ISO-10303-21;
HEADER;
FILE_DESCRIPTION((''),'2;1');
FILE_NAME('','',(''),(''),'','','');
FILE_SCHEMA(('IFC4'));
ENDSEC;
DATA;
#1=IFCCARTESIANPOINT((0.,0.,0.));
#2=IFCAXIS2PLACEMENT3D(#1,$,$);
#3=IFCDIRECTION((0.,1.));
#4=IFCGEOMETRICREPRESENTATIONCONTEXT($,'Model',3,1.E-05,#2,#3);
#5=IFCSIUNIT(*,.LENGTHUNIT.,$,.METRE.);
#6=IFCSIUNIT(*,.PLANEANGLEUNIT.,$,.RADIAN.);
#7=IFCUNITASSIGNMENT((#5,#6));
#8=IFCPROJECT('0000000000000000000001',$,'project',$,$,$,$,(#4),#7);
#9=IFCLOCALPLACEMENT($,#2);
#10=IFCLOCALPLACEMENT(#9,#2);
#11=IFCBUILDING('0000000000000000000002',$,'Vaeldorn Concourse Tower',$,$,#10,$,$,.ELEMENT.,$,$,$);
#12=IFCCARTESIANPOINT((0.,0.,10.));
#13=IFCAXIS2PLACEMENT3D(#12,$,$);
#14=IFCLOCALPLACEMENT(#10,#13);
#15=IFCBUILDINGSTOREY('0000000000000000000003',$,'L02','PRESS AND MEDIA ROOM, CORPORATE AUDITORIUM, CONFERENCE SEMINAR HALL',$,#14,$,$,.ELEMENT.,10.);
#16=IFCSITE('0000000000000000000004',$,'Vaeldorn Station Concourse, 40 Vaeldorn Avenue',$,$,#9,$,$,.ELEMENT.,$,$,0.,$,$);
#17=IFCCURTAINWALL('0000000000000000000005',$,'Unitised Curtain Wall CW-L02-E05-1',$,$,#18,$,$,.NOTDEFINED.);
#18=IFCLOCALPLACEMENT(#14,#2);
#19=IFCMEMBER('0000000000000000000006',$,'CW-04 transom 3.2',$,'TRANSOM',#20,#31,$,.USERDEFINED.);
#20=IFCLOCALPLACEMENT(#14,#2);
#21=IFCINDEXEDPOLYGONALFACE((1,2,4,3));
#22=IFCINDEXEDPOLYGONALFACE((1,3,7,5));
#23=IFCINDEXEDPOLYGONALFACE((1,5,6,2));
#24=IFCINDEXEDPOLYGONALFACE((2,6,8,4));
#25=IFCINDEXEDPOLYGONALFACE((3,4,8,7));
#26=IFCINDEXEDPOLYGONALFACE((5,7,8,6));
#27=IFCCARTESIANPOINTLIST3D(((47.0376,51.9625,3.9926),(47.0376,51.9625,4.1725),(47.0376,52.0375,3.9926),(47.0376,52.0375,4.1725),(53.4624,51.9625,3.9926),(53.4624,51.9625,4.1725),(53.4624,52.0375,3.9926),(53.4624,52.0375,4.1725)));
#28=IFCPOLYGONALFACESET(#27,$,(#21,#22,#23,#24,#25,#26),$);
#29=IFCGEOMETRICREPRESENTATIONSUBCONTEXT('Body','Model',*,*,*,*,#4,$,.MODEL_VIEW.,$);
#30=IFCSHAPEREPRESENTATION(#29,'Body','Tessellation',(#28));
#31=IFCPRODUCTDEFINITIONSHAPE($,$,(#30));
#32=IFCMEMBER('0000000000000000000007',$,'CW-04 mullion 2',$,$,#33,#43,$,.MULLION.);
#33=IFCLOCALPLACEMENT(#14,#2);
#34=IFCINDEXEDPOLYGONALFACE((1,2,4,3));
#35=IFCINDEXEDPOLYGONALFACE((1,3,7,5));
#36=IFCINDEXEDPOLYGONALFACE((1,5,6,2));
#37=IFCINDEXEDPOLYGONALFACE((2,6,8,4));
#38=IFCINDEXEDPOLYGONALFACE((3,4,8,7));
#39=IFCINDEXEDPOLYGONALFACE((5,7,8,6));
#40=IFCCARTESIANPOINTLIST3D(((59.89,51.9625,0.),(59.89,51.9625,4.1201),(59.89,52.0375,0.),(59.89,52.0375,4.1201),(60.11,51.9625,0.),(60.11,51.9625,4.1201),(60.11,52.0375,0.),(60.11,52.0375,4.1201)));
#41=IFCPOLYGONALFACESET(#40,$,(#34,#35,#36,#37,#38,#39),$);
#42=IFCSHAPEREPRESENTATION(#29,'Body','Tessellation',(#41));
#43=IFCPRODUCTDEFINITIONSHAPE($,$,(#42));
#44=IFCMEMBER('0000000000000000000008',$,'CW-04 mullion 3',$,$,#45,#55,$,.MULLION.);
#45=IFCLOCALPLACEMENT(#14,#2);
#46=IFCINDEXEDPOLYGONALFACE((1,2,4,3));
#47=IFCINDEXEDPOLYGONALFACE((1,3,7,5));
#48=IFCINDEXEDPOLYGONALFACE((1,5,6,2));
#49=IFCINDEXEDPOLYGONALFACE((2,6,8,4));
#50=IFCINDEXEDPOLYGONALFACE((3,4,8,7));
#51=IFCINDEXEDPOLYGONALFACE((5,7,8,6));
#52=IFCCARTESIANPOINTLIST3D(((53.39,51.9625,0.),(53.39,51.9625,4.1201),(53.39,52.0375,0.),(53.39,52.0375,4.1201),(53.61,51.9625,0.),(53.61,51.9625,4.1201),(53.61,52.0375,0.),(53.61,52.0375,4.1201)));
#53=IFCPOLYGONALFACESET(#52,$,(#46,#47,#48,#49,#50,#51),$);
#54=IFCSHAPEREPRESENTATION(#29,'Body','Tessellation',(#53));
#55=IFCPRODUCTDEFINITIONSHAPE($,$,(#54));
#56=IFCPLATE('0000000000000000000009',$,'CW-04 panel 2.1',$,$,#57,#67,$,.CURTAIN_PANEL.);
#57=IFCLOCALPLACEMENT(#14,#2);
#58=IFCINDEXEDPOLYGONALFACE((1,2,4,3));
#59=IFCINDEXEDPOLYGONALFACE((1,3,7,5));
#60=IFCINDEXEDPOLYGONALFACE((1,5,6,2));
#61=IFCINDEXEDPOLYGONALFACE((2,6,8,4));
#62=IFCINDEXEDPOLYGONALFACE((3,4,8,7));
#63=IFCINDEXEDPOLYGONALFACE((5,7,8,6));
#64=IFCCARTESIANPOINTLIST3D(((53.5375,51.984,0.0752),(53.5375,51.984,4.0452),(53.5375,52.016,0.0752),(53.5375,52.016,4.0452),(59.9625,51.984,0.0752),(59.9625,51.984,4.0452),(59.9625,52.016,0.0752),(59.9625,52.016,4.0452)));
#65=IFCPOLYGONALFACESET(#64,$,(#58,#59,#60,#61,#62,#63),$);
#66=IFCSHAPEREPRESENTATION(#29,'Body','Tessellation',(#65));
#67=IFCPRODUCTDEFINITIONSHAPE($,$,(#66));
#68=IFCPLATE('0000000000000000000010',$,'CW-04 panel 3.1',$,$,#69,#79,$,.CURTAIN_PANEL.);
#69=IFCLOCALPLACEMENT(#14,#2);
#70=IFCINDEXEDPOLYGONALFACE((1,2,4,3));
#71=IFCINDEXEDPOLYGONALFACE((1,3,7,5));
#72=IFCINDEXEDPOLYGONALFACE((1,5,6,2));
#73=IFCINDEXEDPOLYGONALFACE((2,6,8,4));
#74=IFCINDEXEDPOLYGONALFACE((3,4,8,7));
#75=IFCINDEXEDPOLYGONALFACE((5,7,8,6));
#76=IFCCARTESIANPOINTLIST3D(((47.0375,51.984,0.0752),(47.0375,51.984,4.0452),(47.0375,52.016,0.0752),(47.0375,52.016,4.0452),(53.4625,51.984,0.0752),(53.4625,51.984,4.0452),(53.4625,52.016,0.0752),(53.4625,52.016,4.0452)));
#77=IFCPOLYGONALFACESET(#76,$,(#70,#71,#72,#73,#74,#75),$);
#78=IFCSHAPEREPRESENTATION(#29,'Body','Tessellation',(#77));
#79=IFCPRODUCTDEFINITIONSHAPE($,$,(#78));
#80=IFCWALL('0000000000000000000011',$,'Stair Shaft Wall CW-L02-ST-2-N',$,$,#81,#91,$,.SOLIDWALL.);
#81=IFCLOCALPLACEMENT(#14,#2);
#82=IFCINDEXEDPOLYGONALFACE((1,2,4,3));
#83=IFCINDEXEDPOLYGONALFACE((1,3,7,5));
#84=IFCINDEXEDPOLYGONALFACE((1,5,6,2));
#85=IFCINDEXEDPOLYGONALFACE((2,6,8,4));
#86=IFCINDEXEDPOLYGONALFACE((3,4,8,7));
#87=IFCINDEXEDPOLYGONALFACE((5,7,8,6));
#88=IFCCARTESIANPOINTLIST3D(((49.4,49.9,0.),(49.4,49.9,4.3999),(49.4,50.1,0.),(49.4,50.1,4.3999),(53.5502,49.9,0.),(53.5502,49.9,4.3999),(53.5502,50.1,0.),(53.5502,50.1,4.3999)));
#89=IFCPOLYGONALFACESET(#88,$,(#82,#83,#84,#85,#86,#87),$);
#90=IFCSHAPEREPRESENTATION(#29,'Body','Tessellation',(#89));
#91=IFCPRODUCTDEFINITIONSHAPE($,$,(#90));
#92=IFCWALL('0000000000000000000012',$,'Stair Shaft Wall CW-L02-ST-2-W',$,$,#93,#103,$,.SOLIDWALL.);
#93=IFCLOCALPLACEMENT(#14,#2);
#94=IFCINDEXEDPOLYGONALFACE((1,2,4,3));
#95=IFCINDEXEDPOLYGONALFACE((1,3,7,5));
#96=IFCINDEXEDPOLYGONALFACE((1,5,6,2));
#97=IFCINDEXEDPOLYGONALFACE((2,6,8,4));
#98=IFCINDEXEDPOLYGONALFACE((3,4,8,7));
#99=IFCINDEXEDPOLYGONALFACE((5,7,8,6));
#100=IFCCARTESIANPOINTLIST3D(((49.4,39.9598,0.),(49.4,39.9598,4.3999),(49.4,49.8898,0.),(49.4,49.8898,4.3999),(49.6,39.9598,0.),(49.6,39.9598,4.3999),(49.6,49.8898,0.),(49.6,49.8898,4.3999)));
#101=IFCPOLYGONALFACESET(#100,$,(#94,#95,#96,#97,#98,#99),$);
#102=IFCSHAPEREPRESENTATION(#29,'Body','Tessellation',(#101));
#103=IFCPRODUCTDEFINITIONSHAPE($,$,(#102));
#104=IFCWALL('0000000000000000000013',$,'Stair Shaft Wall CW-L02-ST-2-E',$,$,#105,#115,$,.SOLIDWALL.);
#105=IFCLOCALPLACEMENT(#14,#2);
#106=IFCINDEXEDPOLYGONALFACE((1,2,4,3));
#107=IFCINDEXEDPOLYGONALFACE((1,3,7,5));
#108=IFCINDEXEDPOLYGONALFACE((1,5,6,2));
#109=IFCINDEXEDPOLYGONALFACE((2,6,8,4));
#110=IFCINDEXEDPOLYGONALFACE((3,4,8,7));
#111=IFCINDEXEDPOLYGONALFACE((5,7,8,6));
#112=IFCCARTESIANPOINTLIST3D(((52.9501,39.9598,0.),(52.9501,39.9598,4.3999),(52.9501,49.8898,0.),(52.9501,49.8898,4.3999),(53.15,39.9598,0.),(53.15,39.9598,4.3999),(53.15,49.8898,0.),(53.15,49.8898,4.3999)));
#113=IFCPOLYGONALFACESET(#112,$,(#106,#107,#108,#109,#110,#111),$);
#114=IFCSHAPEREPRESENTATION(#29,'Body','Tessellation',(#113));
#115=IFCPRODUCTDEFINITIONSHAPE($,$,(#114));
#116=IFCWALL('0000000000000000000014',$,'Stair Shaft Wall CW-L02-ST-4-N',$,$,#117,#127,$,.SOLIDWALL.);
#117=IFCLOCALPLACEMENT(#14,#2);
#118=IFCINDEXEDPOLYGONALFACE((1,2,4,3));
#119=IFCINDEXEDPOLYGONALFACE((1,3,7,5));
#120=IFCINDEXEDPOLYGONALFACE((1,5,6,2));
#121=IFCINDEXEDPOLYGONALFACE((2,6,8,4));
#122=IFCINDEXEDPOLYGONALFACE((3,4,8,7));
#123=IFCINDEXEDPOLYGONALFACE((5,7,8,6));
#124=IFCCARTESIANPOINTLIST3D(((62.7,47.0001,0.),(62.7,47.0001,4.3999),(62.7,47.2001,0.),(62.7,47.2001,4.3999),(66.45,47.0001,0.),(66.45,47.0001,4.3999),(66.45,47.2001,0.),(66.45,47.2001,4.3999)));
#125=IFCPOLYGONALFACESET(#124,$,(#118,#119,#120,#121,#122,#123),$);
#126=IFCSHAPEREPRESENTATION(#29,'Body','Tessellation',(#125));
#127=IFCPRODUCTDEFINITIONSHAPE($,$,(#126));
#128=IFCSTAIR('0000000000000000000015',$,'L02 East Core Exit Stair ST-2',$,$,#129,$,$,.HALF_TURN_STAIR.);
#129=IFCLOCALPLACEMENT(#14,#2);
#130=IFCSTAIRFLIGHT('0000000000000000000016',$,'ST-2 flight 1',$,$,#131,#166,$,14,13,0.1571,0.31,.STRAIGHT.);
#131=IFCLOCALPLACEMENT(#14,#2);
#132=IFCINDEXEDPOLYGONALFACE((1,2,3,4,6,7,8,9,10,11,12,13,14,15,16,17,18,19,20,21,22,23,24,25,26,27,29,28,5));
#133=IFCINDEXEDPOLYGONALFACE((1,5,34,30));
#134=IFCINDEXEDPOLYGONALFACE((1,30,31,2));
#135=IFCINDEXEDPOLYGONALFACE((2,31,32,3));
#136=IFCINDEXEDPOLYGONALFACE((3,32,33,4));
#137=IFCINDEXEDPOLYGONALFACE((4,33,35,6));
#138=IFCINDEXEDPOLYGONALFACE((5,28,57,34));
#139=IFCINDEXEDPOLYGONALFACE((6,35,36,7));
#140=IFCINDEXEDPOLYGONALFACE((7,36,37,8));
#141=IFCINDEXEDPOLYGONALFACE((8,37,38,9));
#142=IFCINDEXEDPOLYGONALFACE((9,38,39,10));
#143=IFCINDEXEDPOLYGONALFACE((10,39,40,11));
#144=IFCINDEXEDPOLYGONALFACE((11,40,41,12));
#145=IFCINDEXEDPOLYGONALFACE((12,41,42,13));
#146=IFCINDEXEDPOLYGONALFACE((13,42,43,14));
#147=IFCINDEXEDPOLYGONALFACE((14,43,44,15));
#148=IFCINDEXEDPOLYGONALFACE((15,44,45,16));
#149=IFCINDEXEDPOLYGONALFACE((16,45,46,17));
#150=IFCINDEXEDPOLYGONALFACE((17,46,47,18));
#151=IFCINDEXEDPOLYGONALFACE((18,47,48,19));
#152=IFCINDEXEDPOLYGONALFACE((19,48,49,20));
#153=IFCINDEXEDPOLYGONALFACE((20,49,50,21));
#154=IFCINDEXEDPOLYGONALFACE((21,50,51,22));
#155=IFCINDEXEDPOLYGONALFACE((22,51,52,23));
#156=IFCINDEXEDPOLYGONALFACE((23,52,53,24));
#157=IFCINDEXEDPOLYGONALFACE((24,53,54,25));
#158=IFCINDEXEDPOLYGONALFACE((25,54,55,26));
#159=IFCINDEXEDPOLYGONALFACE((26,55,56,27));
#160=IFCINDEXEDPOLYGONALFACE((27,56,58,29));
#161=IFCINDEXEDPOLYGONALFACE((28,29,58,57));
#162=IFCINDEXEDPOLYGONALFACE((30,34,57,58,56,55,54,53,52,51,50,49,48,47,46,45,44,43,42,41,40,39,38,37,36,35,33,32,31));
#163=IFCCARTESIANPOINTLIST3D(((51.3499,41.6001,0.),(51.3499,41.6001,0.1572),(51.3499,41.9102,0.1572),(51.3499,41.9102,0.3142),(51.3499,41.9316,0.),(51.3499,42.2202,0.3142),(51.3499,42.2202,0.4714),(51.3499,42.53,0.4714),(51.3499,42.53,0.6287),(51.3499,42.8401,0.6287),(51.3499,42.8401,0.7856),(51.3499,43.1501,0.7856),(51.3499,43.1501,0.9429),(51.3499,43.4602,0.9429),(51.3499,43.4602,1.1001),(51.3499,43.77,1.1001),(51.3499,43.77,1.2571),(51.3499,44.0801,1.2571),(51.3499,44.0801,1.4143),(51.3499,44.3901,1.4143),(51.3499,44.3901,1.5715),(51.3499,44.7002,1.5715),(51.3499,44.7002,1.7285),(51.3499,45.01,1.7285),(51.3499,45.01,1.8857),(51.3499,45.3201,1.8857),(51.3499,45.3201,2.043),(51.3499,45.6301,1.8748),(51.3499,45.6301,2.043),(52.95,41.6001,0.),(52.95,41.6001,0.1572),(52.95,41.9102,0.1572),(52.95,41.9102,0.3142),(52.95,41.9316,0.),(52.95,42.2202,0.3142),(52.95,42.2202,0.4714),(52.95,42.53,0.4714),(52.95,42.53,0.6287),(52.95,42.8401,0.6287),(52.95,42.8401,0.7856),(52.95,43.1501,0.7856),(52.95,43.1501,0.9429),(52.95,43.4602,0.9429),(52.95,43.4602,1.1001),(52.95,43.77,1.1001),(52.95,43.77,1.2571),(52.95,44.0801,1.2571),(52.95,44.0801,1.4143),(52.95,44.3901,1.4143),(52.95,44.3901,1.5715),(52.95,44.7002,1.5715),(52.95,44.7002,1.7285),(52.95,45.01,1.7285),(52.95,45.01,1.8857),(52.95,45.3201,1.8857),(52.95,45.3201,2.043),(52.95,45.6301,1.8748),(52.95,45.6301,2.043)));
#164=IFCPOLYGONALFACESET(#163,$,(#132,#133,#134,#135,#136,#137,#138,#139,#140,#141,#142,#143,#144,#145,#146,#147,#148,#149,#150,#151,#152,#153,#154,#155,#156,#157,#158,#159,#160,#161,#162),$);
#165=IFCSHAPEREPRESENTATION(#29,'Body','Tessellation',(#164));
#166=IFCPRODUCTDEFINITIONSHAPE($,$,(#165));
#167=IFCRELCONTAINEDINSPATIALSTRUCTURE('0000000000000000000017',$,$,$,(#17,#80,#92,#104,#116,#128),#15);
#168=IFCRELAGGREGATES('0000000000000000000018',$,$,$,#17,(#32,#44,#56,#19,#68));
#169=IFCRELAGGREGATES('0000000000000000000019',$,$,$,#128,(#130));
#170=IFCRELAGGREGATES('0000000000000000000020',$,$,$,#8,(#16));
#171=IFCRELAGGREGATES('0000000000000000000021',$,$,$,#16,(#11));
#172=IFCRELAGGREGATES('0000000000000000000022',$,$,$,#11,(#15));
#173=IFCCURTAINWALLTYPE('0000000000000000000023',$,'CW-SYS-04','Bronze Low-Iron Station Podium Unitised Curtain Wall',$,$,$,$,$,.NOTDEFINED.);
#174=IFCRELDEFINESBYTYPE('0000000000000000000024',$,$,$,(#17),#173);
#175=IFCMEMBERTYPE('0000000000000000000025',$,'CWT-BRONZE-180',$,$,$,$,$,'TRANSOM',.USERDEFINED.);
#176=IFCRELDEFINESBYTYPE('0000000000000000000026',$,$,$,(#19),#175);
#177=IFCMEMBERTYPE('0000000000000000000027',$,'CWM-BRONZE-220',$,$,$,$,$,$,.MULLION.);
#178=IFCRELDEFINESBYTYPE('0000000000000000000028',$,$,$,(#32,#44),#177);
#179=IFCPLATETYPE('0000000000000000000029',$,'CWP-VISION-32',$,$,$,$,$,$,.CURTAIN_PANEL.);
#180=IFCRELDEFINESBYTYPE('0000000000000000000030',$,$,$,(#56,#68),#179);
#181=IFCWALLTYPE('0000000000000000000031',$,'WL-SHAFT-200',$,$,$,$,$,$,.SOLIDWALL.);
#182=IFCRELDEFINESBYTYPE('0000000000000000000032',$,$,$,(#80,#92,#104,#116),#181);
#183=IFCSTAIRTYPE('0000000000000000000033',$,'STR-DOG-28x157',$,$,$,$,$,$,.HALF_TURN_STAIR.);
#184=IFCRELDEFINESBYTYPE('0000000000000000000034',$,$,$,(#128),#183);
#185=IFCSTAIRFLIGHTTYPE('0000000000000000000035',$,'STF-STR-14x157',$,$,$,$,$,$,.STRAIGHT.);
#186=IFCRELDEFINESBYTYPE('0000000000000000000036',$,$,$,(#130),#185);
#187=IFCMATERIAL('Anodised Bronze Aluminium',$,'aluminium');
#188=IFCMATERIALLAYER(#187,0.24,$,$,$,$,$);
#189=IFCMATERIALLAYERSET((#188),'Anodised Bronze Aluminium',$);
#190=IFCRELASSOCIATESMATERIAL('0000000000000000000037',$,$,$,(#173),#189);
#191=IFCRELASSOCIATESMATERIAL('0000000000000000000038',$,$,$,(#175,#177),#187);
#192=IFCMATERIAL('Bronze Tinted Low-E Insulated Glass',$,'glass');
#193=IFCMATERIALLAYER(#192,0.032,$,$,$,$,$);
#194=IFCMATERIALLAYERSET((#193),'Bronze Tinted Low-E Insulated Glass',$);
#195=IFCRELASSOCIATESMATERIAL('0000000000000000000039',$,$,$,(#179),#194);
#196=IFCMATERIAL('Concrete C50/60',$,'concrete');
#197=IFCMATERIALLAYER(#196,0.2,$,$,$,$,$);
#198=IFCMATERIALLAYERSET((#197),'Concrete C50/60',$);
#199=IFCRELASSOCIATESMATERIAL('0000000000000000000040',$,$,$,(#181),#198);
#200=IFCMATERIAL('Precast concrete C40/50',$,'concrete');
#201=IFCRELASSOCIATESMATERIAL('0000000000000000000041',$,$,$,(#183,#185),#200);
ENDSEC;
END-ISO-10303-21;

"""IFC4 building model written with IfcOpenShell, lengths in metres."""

from ifc_helpers import new_model, si_unit, direction, frame, frame_2d, origin, origin_2d, place, context, subcontext, project, spatial, polyline, rectangle, outline, extrude, source, transform, mapped, material, layer, layer_set, material_profile, profile_set, type_object, element, aggregate, save


model = new_model("IFC4")

# Units and contexts
model_context = context("Model", 3, precision=1e-05, world=origin(), true_north=direction((0.0, 1.0)))
body_context = subcontext(model_context, "Body", "Model", "MODEL_VIEW")
ifc_project = project(units=[si_unit("LENGTHUNIT", "METRE"), si_unit("PLANEANGLEUNIT", "RADIAN")], contexts=[model_context])

# Site, building, storey
site_placement = place(None, origin())
site = spatial("IfcSite", under=ifc_project, at=site_placement, Name="Vaeldorn Station Concourse, 40 Vaeldorn Avenue", CompositionType="ELEMENT", RefElevation=0.0)
building_placement = place(site_placement, origin())
building = spatial("IfcBuilding", under=site, at=building_placement, Name="Vaeldorn Concourse Tower", CompositionType="ELEMENT")
storey_placement = place(building_placement, frame((0.0, 0.0, 10.0)))
storey = spatial("IfcBuildingStorey", under=building, at=storey_placement, Name="L02", Description="PRESS AND MEDIA ROOM, CORPORATE AUDITORIUM, CONFERENCE SEMINAR HALL", CompositionType="ELEMENT", Elevation=10.0)

# Curtain wall, members, plates
ifc_material_1 = material(Name="Anodised Bronze Aluminium", Category="aluminium")
ifc_layer_1 = layer(ifc_material_1, 0.24)
ifc_layer_set_1 = layer_set([ifc_layer_1], Name="Anodised Bronze Aluminium")
curtain_wall_type = type_object("IfcCurtainWallType", Name="CW-SYS-04", Description="Bronze Low-Iron Station Podium Unitised Curtain Wall", PredefinedType="NOTDEFINED", material=ifc_layer_set_1)
curtain_wall_placement = place(storey_placement, origin())
curtain_wall = element("IfcCurtainWall", 1, at=curtain_wall_placement, inside=storey, type_object=curtain_wall_type, Name="Unitised Curtain Wall CW-L02-E05-1", PredefinedType="NOTDEFINED")
ifc_material_profile_1 = material_profile(ifc_material_1, rectangle(XDim=0.075, YDim=0.1799, at=origin_2d()), Name="CWT 75x180")
ifc_profile_set_1 = profile_set([ifc_material_profile_1], Name="Anodised Bronze Aluminium")
member_type_1 = type_object("IfcMemberType", Name="CWT-BRONZE-180", ElementType="TRANSOM", PredefinedType="USERDEFINED", material=ifc_profile_set_1)
shared_shape_1 = source(origin(), body_context, "Body", "SweptSolid", [
    extrude(rectangle(XDim=0.075, YDim=0.1799, at=origin_2d()), origin(), (0.0, 0.0, 1.0), 6.4248),
])
member_1_placement = place(storey_placement, frame((53.4624, 52.0, 4.0825), z_axis=(-1.0, 0.0, 0.0), x_axis=(0.0, -1.0, 0.0)))
member_1 = element("IfcMember", 2, at=member_1_placement, type_object=member_type_1, Name="CW-04 transom 3.2", ObjectType="TRANSOM", PredefinedType="USERDEFINED", context=body_context, shape_type="MappedRepresentation", body=[
    mapped(shared_shape_1, transform((0.0, 0.0, 0.0), scale=1.0)),
])
ifc_material_profile_2 = material_profile(ifc_material_1, rectangle(XDim=0.075, YDim=0.22, at=origin_2d()), Name="CWM 75x220")
ifc_profile_set_2 = profile_set([ifc_material_profile_2], Name="Anodised Bronze Aluminium")
member_type_2 = type_object("IfcMemberType", Name="CWM-BRONZE-220", PredefinedType="MULLION", material=ifc_profile_set_2)
shared_shape_2 = source(origin(), body_context, "Body", "SweptSolid", [
    extrude(rectangle(XDim=0.075, YDim=0.22, at=origin_2d()), origin(), (0.0, 0.0, 1.0), 4.1201),
])
member_2_placement = place(storey_placement, frame((60.0, 52.0, 0.0), z_axis=(0.0, 0.0, 1.0), x_axis=(0.0, -1.0, 0.0)))
member_2 = element("IfcMember", 3, at=member_2_placement, type_object=member_type_2, Name="CW-04 mullion 2", PredefinedType="MULLION", context=body_context, shape_type="MappedRepresentation", body=[
    mapped(shared_shape_2, transform((0.0, 0.0, 0.0), scale=1.0)),
])
member_3_placement = place(storey_placement, frame((53.5, 52.0, 0.0), z_axis=(0.0, 0.0, 1.0), x_axis=(0.0, -1.0, 0.0)))
member_3 = element("IfcMember", 4, at=member_3_placement, type_object=member_type_2, Name="CW-04 mullion 3", PredefinedType="MULLION", context=body_context, shape_type="MappedRepresentation", body=[
    mapped(shared_shape_2, transform((0.0, 0.0, 0.0), scale=1.0)),
])
ifc_material_2 = material(Name="Bronze Tinted Low-E Insulated Glass", Category="glass")
ifc_layer_2 = layer(ifc_material_2, 0.032)
ifc_layer_set_2 = layer_set([ifc_layer_2], Name="Bronze Tinted Low-E Insulated Glass")
plate_type = type_object("IfcPlateType", Name="CWP-VISION-32", PredefinedType="CURTAIN_PANEL", material=ifc_layer_set_2)
shared_shape_3 = source(origin(), body_context, "Body", "SweptSolid", [
    extrude(rectangle(XDim=6.425, YDim=0.032, at=origin_2d()), origin(), (0.0, 0.0, 1.0), 3.97),
])
plate_1_placement = place(storey_placement, frame((56.75, 52.0, 0.0752), z_axis=(0.0, 0.0, 1.0), x_axis=(-1.0, 0.0, 0.0)))
plate_1 = element("IfcPlate", 5, at=plate_1_placement, type_object=plate_type, Name="CW-04 panel 2.1", PredefinedType="CURTAIN_PANEL", context=body_context, shape_type="MappedRepresentation", body=[
    mapped(shared_shape_3, transform((0.0, 0.0, 0.0), scale=1.0)),
])
plate_2_placement = place(storey_placement, frame((50.25, 52.0, 0.0752), z_axis=(0.0, 0.0, 1.0), x_axis=(-1.0, 0.0, 0.0)))
plate_2 = element("IfcPlate", 6, at=plate_2_placement, type_object=plate_type, Name="CW-04 panel 3.1", PredefinedType="CURTAIN_PANEL", context=body_context, shape_type="MappedRepresentation", body=[
    mapped(shared_shape_3, transform((0.0, 0.0, 0.0), scale=1.0)),
])
aggregate(curtain_wall, [member_2, member_3, plate_1, member_1, plate_2])

# Walls
ifc_material_3 = material(Name="Concrete C50/60", Category="concrete")
ifc_layer_3 = layer(ifc_material_3, 0.2)
ifc_layer_set_3 = layer_set([ifc_layer_3], Name="Concrete C50/60")
wall_type = type_object("IfcWallType", Name="WL-SHAFT-200", PredefinedType="SOLIDWALL", material=ifc_layer_set_3)
wall_1_placement = place(storey_placement, frame((49.3999, 50.0, 0.0), z_axis=(0.0, 0.0, 1.0), x_axis=(1.0, 0.0, 0.0)))
element("IfcWall", 7, at=wall_1_placement, inside=storey, type_object=wall_type, Name="Stair Shaft Wall CW-L02-ST-2-N", PredefinedType="SOLIDWALL", context=body_context, shape_type="SweptSolid", body=[
    extrude(rectangle(XDim=4.1501, YDim=0.2, at=frame_2d((2.0752, 0.0))), origin(), (0.0, 0.0, 1.0), 4.3999),
])
for number, where, z_axis, x_axis, name in (
    (8, (49.5, 39.96, 0.0), (0.0, 0.0, 1.0), (0.0, 1.0, 0.0), "Stair Shaft Wall CW-L02-ST-2-W"),
    (9, (53.05, 39.96, 0.0), (0.0, 0.0, 1.0), (0.0, 1.0, 0.0), "Stair Shaft Wall CW-L02-ST-2-E"),
):
    element("IfcWall", number, at=place(storey_placement, frame(where, z_axis=z_axis, x_axis=x_axis)), inside=storey, type_object=wall_type, Name=name, PredefinedType="SOLIDWALL", context=body_context, shape_type="SweptSolid", body=[
        extrude(rectangle(XDim=9.9299, YDim=0.2, at=frame_2d((4.9648, 0.0))), origin(), (0.0, 0.0, 1.0), 4.3999),
    ])
wall_2_placement = place(storey_placement, frame((62.7, 47.1001, 0.0), z_axis=(0.0, 0.0, 1.0), x_axis=(1.0, 0.0, 0.0)))
element("IfcWall", 10, at=wall_2_placement, inside=storey, type_object=wall_type, Name="Stair Shaft Wall CW-L02-ST-4-N", PredefinedType="SOLIDWALL", context=body_context, shape_type="SweptSolid", body=[
    extrude(rectangle(XDim=3.75, YDim=0.2, at=frame_2d((1.875, 0.0))), origin(), (0.0, 0.0, 1.0), 4.3999),
])

# Stair, stair flight
ifc_material_4 = material(Name="Precast concrete C40/50", Category="concrete")
stair_type = type_object("IfcStairType", Name="STR-DOG-28x157", PredefinedType="HALF_TURN_STAIR", material=ifc_material_4)
stair_placement = place(storey_placement, origin())
stair = element("IfcStair", 11, at=stair_placement, inside=storey, type_object=stair_type, Name="L02 East Core Exit Stair ST-2", PredefinedType="HALF_TURN_STAIR")
stair_flight_type = type_object("IfcStairFlightType", Name="STF-STR-14x157", PredefinedType="STRAIGHT", material=ifc_material_4)
stair_flight_1_placement = place(storey_placement, frame((52.1499, 41.6001, 0.0), z_axis=(0.0, 0.0, 1.0), x_axis=(0.0, 1.0, 0.0)))
stair_flight_1 = element("IfcStairFlight", 12, at=stair_flight_1_placement, type_object=stair_flight_type, Name="ST-2 flight 1", NumberOfRisers=14, NumberOfTreads=13, PredefinedType="STRAIGHT", RiserHeight=0.1571, TreadLength=0.31, context=body_context, shape_type="SweptSolid", body=[
    extrude(outline(polyline([(0.0, 0.0), (0.0, 0.1572), (0.3101, 0.1572), (0.3101, 0.3142), (0.6201, 0.3142), (0.6201, 0.4714), (0.9299, 0.4714), (0.9299, 0.6287), (1.24, 0.6287), (1.24, 0.7856), (1.55, 0.7856), (1.55, 0.9429), (1.8601, 0.9429), (1.8601, 1.1001), (2.1699, 1.1001), (2.1699, 1.2571), (2.48, 1.2571), (2.48, 1.4143), (2.79, 1.4143), (2.79, 1.5715), (3.1001, 1.5715), (3.1001, 1.7285), (3.4099, 1.7285), (3.4099, 1.8857), (3.72, 1.8857), (3.72, 2.043), (4.03, 2.043), (4.03, 2.2), (4.03, 1.8748), (0.3315, 0.0), (0.0, 0.0)])), frame((0.0, 0.8, 0.0), z_axis=(0.0, -1.0, 0.0), x_axis=(1.0, 0.0, 0.0)), (0.0, 0.0, 1.0), 1.6001),
])
aggregate(stair, [stair_flight_1])

save(model, "model.ifc")
